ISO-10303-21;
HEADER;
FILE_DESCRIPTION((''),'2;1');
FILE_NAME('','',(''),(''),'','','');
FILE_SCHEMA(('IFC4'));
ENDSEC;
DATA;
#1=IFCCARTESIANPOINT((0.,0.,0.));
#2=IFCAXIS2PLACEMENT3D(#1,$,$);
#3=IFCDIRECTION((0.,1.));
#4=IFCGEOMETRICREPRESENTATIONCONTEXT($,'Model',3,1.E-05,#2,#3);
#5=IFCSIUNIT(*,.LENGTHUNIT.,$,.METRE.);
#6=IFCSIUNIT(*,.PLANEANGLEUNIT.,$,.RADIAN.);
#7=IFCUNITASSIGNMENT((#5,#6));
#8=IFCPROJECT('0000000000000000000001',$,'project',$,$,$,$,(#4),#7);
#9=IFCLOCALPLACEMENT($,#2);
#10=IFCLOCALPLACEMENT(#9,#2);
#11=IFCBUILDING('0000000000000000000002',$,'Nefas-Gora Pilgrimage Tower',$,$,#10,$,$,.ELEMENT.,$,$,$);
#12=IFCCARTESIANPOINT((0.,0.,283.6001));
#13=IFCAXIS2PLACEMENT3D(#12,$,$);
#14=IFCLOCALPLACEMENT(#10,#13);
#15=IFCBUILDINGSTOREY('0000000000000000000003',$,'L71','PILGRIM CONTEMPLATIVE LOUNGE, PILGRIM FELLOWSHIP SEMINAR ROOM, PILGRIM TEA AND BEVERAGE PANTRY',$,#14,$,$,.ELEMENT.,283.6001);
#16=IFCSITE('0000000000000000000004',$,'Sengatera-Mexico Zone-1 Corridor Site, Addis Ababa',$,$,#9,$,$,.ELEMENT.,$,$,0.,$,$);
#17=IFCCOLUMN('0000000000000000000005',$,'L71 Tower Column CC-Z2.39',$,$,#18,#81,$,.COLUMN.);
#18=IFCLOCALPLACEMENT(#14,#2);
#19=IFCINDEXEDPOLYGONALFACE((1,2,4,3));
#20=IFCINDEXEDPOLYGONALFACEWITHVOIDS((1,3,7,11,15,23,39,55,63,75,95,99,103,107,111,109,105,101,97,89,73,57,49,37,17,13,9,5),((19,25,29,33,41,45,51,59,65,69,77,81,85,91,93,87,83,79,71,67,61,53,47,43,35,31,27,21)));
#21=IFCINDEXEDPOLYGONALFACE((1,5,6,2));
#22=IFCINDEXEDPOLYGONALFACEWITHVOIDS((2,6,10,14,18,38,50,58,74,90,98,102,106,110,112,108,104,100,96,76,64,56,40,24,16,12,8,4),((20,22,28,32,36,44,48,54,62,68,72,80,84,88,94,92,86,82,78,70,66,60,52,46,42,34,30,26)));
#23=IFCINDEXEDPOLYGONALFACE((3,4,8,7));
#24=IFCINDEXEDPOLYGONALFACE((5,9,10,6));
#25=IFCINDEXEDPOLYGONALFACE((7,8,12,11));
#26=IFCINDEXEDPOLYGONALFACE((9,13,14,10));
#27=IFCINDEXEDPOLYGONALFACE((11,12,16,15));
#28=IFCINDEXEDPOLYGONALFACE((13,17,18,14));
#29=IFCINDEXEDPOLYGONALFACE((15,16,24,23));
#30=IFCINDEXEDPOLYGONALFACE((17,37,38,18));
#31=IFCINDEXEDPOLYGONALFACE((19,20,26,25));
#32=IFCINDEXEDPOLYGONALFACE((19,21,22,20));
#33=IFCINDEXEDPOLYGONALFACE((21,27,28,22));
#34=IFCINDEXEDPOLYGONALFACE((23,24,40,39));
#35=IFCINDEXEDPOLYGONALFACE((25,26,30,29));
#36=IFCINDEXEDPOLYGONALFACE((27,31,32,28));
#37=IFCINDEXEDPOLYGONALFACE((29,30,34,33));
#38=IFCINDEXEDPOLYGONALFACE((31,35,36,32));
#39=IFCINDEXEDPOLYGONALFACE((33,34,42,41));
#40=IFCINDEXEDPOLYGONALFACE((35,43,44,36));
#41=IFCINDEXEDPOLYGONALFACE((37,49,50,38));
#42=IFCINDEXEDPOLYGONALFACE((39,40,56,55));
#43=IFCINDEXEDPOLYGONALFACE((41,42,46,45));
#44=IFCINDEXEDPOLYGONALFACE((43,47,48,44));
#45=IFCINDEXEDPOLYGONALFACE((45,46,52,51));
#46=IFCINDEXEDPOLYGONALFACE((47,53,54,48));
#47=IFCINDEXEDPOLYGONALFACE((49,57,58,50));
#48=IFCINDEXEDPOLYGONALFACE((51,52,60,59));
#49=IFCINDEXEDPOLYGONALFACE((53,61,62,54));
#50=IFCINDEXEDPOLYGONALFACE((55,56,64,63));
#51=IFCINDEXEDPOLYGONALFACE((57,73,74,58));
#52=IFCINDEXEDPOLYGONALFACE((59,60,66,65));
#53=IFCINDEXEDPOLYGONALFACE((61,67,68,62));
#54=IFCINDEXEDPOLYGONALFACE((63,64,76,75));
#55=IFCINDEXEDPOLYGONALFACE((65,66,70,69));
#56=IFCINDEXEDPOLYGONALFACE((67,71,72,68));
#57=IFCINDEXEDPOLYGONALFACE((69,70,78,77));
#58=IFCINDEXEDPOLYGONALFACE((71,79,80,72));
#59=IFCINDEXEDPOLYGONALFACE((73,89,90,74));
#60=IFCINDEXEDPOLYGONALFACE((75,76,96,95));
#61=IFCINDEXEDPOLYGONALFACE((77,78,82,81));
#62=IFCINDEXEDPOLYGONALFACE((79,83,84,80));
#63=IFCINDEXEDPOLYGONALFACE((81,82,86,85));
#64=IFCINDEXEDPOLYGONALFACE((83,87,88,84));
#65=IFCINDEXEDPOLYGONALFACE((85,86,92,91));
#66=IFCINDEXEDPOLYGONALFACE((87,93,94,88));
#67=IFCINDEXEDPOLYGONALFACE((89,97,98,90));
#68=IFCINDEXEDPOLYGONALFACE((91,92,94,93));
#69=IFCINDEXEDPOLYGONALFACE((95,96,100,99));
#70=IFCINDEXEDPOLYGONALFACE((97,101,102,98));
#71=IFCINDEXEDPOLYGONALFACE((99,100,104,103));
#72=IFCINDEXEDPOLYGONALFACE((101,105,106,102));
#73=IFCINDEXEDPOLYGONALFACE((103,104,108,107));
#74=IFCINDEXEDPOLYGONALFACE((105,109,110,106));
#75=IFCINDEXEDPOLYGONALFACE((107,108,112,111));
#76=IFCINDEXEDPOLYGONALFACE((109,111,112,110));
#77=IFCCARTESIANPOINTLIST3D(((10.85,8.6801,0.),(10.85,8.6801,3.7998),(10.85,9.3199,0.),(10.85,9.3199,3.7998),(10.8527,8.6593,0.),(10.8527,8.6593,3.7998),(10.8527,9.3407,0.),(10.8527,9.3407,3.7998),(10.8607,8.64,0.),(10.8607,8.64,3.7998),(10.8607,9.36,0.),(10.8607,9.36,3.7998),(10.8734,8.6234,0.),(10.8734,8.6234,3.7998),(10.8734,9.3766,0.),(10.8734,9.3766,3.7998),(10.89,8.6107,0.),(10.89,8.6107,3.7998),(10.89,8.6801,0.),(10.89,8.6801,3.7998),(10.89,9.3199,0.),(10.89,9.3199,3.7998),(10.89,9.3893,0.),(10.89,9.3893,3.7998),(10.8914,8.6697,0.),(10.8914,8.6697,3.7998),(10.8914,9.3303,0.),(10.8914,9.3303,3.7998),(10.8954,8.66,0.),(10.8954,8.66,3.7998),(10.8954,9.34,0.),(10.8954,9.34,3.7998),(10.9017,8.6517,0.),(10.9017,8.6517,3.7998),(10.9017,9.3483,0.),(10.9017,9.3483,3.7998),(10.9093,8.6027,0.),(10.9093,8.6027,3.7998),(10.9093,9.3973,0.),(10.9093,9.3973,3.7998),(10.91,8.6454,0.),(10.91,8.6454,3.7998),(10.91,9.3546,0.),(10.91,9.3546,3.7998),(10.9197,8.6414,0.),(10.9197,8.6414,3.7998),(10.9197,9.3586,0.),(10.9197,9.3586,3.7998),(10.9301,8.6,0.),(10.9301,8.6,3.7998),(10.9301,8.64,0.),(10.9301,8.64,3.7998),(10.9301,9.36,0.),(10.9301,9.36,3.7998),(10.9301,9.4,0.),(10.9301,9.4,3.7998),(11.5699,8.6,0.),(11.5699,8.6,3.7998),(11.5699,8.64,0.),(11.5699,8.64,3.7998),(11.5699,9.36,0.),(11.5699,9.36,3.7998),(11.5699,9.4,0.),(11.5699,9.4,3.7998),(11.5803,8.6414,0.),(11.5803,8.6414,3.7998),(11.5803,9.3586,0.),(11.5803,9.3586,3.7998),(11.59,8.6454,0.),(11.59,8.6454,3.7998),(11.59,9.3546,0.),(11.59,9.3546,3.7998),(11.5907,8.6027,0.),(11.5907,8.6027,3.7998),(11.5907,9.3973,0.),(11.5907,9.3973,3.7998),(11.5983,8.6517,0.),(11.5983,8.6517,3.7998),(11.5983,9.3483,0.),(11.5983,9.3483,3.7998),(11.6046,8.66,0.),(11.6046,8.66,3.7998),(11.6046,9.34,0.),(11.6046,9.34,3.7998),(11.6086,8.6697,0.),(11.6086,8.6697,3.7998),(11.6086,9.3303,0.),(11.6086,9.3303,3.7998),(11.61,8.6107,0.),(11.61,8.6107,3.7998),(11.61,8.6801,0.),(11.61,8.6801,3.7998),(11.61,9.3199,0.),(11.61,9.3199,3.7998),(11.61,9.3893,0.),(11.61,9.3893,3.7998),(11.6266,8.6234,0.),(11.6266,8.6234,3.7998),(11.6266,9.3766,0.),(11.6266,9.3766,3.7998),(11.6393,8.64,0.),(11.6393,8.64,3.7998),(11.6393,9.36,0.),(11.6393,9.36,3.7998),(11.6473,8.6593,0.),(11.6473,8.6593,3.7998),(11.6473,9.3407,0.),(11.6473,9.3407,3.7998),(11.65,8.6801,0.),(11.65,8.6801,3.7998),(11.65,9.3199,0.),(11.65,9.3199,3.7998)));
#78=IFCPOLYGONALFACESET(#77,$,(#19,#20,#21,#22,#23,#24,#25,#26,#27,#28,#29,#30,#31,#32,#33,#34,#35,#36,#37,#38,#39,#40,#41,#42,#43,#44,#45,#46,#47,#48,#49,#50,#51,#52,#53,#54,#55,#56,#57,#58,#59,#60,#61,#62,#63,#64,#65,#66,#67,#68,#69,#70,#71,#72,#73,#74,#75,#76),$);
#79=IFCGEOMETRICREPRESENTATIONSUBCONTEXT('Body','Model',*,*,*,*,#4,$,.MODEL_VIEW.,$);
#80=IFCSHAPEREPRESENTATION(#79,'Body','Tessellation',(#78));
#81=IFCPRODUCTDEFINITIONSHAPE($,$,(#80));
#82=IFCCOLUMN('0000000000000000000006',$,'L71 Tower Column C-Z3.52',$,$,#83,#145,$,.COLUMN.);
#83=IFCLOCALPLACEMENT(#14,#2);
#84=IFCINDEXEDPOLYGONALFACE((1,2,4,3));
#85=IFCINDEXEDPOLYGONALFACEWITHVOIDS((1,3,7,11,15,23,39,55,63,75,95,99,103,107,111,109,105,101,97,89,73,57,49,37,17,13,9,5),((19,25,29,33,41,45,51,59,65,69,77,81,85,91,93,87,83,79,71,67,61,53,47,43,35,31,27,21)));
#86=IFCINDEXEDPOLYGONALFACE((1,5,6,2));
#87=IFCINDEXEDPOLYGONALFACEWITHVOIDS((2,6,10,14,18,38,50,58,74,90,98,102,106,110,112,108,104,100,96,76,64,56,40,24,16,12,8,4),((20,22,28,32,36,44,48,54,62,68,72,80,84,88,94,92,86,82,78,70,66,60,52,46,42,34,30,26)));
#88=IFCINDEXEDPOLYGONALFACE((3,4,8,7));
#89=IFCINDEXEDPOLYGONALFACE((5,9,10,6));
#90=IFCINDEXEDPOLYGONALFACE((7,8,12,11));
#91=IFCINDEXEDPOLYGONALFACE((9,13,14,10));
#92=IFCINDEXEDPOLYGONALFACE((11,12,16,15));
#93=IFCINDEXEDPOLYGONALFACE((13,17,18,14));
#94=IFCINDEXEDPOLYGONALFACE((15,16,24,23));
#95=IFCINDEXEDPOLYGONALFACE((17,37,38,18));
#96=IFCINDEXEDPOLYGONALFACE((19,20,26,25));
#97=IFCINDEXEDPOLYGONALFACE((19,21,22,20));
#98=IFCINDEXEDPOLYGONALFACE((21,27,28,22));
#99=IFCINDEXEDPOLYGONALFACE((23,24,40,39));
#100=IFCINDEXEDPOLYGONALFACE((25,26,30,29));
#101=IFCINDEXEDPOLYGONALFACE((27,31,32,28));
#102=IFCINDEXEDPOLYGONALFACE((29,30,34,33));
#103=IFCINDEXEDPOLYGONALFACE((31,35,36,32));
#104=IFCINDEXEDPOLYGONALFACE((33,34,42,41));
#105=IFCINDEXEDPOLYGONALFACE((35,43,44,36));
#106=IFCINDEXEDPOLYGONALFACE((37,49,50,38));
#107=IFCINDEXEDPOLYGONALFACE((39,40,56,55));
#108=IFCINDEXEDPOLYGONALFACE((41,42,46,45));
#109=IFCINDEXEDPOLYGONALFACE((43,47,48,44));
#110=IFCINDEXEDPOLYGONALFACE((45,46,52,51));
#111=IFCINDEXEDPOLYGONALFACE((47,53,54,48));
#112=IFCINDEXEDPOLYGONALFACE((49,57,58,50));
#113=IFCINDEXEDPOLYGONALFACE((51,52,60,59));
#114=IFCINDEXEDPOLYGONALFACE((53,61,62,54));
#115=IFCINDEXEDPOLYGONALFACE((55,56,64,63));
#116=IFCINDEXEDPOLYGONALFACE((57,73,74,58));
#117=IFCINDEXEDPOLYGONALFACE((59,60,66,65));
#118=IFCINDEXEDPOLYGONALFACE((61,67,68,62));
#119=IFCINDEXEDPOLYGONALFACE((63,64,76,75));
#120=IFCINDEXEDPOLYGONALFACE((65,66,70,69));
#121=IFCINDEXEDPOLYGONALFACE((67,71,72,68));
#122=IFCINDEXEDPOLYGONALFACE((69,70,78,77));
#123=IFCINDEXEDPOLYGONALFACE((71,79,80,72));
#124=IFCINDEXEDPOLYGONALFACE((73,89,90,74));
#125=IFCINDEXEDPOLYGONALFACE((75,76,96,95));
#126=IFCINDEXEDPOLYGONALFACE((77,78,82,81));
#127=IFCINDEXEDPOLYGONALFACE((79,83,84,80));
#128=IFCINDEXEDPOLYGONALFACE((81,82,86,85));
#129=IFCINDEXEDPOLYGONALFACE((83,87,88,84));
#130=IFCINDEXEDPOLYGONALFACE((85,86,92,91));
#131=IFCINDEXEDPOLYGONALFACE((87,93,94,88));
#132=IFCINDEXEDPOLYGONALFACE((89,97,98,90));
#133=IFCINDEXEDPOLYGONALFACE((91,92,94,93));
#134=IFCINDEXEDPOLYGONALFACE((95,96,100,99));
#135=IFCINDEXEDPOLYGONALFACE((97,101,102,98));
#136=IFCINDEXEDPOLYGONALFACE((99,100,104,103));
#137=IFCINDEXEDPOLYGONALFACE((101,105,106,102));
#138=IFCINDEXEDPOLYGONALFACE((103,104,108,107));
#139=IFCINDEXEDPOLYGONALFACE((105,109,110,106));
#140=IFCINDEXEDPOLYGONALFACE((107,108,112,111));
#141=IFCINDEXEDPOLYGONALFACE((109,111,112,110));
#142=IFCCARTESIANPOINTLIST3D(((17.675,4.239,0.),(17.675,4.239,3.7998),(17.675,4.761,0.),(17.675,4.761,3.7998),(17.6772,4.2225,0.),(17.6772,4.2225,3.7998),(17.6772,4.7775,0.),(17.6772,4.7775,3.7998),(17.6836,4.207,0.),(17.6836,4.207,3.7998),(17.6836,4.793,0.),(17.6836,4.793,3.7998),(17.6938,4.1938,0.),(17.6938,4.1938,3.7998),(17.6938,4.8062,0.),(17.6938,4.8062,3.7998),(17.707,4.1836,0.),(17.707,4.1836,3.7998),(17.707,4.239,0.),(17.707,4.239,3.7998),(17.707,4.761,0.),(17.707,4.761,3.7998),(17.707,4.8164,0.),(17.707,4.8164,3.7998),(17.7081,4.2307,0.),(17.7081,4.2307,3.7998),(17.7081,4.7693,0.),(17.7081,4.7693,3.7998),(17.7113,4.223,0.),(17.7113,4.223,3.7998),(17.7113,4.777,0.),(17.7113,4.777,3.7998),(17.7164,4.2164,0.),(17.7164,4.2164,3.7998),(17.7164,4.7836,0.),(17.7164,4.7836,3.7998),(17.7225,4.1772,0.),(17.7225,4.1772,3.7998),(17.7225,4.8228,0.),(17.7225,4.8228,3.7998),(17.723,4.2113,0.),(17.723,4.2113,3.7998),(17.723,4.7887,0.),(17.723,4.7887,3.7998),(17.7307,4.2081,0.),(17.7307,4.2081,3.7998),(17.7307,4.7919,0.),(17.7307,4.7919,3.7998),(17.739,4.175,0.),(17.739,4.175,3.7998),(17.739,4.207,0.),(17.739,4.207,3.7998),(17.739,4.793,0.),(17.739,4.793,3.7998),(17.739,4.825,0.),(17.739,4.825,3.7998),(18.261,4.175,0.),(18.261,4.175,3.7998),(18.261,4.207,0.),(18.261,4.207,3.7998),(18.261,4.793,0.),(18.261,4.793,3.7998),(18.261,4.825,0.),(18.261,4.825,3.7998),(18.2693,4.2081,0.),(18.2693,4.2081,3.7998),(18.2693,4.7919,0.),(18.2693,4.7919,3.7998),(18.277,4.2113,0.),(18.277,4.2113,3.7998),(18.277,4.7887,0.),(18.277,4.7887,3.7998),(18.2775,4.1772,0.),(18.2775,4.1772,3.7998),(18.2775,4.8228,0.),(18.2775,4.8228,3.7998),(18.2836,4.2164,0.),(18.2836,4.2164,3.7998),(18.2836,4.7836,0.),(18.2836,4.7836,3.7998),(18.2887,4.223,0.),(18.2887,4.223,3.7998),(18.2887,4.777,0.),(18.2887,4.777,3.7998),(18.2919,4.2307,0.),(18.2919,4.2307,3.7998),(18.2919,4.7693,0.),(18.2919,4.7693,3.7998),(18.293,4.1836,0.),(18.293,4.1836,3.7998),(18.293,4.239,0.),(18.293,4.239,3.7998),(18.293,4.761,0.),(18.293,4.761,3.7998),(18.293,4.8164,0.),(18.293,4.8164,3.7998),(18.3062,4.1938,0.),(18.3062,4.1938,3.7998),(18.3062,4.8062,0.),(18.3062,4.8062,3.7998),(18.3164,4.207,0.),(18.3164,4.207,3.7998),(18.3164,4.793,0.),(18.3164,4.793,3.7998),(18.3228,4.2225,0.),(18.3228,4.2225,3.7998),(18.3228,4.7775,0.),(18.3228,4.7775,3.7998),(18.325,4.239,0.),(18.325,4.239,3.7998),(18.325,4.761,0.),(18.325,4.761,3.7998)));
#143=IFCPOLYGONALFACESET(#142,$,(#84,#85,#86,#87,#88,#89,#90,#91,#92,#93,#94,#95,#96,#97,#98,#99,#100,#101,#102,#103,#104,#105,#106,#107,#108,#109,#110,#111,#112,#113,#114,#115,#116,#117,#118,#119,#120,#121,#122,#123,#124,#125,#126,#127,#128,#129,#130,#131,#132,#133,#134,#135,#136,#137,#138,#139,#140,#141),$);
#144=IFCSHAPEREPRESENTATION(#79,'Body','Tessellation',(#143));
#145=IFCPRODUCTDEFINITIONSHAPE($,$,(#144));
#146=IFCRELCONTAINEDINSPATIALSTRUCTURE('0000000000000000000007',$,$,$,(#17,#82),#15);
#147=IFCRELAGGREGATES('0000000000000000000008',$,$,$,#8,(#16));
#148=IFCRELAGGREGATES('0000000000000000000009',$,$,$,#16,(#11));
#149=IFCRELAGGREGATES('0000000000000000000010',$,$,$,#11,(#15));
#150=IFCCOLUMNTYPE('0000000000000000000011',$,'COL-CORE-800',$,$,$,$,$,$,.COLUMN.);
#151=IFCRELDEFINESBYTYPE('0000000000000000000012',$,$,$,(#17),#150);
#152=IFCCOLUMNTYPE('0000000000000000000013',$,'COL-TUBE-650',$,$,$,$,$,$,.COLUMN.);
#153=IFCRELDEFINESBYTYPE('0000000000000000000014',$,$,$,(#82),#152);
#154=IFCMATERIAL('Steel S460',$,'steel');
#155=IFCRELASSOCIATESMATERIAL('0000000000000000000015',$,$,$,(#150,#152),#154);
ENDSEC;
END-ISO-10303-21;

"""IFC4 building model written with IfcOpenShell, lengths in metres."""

from ifc_helpers import new_model, si_unit, direction, frame, origin, origin_2d, place, context, subcontext, project, spatial, hollow_rectangle, extrude, source, transform, mapped, material, material_profile, profile_set, type_object, element, save


model = new_model("IFC4")

# Units and contexts
model_context = context("Model", 3, precision=1e-05, world=origin(), true_north=direction((0.0, 1.0)))
body_context = subcontext(model_context, "Body", "Model", "MODEL_VIEW")
ifc_project = project(units=[si_unit("LENGTHUNIT", "METRE"), si_unit("PLANEANGLEUNIT", "RADIAN")], contexts=[model_context])

# Site, building, storey
site_placement = place(None, origin())
site = spatial("IfcSite", under=ifc_project, at=site_placement, Name="Sengatera-Mexico Zone-1 Corridor Site, Addis Ababa", CompositionType="ELEMENT", RefElevation=0.0)
building_placement = place(site_placement, origin())
building = spatial("IfcBuilding", under=site, at=building_placement, Name="Nefas-Gora Pilgrimage Tower", CompositionType="ELEMENT")
storey_placement = place(building_placement, frame((0.0, 0.0, 283.6001)))
storey = spatial("IfcBuildingStorey", under=building, at=storey_placement, Name="L71", Description="PILGRIM CONTEMPLATIVE LOUNGE, PILGRIM FELLOWSHIP SEMINAR ROOM, PILGRIM TEA AND BEVERAGE PANTRY", CompositionType="ELEMENT", Elevation=283.6001)

# Columns
ifc_material_1 = material(Name="Steel S460", Category="steel")
ifc_material_profile_1 = material_profile(ifc_material_1, hollow_rectangle(XDim=0.8, YDim=0.8, WallThickness=0.04, InnerFilletRadius=0.04, OuterFilletRadius=0.0801, at=origin_2d()), Name="BOX 800x800x40")
ifc_profile_set_1 = profile_set([ifc_material_profile_1], Name="Steel S460")
column_type_1 = type_object("IfcColumnType", Name="COL-CORE-800", PredefinedType="COLUMN", material=ifc_profile_set_1)
shared_shape_1 = source(origin(), body_context, "Body", "SweptSolid", [
    extrude(hollow_rectangle(XDim=0.8, YDim=0.8, WallThickness=0.04, InnerFilletRadius=0.04, OuterFilletRadius=0.0801, at=origin_2d()), origin(), (0.0, 0.0, 1.0), 3.7998),
])
column_placement = place(storey_placement, frame((11.25, 9.0, 0.0), z_axis=(0.0, 0.0, 1.0), x_axis=(1.0, 0.0, 0.0)))
element("IfcColumn", 1, at=column_placement, inside=storey, type_object=column_type_1, Name="L71 Tower Column CC-Z2.39", PredefinedType="COLUMN", context=body_context, shape_type="MappedRepresentation", body=[
    mapped(shared_shape_1, transform((0.0, 0.0, 0.0), x_axis=(1.0, 0.0, 0.0), y_axis=(0.0, 1.0, 0.0), z_axis=(0.0, 0.0, 1.0), scale=1.0)),
])
ifc_material_profile_2 = material_profile(ifc_material_1, hollow_rectangle(XDim=0.6499, YDim=0.6499, WallThickness=0.032, InnerFilletRadius=0.032, OuterFilletRadius=0.064, at=origin_2d()), Name="BOX 650x650x32")
ifc_profile_set_2 = profile_set([ifc_material_profile_2], Name="Steel S460")
column_type_2 = type_object("IfcColumnType", Name="COL-TUBE-650", PredefinedType="COLUMN", material=ifc_profile_set_2)
shared_shape_2 = source(origin(), body_context, "Body", "SweptSolid", [
    extrude(hollow_rectangle(XDim=0.6499, YDim=0.6499, WallThickness=0.032, InnerFilletRadius=0.032, OuterFilletRadius=0.064, at=origin_2d()), origin(), (0.0, 0.0, 1.0), 3.7998),
])
for number, where, z_axis, x_axis, name in (
    (2, (18.0, 4.5, 0.0), (0.0, 0.0, 1.0), (1.0, 0.0, 0.0), "L71 Tower Column C-Z3.52"),
):
    element("IfcColumn", number, at=place(storey_placement, frame(where, z_axis=z_axis, x_axis=x_axis)), inside=storey, type_object=column_type_2, Name=name, PredefinedType="COLUMN", context=body_context, shape_type="MappedRepresentation", body=[
        mapped(shared_shape_2, transform((0.0, 0.0, 0.0), x_axis=(1.0, 0.0, 0.0), y_axis=(0.0, 1.0, 0.0), z_axis=(0.0, 0.0, 1.0), scale=1.0)),
    ])

save(model, "model.ifc")
